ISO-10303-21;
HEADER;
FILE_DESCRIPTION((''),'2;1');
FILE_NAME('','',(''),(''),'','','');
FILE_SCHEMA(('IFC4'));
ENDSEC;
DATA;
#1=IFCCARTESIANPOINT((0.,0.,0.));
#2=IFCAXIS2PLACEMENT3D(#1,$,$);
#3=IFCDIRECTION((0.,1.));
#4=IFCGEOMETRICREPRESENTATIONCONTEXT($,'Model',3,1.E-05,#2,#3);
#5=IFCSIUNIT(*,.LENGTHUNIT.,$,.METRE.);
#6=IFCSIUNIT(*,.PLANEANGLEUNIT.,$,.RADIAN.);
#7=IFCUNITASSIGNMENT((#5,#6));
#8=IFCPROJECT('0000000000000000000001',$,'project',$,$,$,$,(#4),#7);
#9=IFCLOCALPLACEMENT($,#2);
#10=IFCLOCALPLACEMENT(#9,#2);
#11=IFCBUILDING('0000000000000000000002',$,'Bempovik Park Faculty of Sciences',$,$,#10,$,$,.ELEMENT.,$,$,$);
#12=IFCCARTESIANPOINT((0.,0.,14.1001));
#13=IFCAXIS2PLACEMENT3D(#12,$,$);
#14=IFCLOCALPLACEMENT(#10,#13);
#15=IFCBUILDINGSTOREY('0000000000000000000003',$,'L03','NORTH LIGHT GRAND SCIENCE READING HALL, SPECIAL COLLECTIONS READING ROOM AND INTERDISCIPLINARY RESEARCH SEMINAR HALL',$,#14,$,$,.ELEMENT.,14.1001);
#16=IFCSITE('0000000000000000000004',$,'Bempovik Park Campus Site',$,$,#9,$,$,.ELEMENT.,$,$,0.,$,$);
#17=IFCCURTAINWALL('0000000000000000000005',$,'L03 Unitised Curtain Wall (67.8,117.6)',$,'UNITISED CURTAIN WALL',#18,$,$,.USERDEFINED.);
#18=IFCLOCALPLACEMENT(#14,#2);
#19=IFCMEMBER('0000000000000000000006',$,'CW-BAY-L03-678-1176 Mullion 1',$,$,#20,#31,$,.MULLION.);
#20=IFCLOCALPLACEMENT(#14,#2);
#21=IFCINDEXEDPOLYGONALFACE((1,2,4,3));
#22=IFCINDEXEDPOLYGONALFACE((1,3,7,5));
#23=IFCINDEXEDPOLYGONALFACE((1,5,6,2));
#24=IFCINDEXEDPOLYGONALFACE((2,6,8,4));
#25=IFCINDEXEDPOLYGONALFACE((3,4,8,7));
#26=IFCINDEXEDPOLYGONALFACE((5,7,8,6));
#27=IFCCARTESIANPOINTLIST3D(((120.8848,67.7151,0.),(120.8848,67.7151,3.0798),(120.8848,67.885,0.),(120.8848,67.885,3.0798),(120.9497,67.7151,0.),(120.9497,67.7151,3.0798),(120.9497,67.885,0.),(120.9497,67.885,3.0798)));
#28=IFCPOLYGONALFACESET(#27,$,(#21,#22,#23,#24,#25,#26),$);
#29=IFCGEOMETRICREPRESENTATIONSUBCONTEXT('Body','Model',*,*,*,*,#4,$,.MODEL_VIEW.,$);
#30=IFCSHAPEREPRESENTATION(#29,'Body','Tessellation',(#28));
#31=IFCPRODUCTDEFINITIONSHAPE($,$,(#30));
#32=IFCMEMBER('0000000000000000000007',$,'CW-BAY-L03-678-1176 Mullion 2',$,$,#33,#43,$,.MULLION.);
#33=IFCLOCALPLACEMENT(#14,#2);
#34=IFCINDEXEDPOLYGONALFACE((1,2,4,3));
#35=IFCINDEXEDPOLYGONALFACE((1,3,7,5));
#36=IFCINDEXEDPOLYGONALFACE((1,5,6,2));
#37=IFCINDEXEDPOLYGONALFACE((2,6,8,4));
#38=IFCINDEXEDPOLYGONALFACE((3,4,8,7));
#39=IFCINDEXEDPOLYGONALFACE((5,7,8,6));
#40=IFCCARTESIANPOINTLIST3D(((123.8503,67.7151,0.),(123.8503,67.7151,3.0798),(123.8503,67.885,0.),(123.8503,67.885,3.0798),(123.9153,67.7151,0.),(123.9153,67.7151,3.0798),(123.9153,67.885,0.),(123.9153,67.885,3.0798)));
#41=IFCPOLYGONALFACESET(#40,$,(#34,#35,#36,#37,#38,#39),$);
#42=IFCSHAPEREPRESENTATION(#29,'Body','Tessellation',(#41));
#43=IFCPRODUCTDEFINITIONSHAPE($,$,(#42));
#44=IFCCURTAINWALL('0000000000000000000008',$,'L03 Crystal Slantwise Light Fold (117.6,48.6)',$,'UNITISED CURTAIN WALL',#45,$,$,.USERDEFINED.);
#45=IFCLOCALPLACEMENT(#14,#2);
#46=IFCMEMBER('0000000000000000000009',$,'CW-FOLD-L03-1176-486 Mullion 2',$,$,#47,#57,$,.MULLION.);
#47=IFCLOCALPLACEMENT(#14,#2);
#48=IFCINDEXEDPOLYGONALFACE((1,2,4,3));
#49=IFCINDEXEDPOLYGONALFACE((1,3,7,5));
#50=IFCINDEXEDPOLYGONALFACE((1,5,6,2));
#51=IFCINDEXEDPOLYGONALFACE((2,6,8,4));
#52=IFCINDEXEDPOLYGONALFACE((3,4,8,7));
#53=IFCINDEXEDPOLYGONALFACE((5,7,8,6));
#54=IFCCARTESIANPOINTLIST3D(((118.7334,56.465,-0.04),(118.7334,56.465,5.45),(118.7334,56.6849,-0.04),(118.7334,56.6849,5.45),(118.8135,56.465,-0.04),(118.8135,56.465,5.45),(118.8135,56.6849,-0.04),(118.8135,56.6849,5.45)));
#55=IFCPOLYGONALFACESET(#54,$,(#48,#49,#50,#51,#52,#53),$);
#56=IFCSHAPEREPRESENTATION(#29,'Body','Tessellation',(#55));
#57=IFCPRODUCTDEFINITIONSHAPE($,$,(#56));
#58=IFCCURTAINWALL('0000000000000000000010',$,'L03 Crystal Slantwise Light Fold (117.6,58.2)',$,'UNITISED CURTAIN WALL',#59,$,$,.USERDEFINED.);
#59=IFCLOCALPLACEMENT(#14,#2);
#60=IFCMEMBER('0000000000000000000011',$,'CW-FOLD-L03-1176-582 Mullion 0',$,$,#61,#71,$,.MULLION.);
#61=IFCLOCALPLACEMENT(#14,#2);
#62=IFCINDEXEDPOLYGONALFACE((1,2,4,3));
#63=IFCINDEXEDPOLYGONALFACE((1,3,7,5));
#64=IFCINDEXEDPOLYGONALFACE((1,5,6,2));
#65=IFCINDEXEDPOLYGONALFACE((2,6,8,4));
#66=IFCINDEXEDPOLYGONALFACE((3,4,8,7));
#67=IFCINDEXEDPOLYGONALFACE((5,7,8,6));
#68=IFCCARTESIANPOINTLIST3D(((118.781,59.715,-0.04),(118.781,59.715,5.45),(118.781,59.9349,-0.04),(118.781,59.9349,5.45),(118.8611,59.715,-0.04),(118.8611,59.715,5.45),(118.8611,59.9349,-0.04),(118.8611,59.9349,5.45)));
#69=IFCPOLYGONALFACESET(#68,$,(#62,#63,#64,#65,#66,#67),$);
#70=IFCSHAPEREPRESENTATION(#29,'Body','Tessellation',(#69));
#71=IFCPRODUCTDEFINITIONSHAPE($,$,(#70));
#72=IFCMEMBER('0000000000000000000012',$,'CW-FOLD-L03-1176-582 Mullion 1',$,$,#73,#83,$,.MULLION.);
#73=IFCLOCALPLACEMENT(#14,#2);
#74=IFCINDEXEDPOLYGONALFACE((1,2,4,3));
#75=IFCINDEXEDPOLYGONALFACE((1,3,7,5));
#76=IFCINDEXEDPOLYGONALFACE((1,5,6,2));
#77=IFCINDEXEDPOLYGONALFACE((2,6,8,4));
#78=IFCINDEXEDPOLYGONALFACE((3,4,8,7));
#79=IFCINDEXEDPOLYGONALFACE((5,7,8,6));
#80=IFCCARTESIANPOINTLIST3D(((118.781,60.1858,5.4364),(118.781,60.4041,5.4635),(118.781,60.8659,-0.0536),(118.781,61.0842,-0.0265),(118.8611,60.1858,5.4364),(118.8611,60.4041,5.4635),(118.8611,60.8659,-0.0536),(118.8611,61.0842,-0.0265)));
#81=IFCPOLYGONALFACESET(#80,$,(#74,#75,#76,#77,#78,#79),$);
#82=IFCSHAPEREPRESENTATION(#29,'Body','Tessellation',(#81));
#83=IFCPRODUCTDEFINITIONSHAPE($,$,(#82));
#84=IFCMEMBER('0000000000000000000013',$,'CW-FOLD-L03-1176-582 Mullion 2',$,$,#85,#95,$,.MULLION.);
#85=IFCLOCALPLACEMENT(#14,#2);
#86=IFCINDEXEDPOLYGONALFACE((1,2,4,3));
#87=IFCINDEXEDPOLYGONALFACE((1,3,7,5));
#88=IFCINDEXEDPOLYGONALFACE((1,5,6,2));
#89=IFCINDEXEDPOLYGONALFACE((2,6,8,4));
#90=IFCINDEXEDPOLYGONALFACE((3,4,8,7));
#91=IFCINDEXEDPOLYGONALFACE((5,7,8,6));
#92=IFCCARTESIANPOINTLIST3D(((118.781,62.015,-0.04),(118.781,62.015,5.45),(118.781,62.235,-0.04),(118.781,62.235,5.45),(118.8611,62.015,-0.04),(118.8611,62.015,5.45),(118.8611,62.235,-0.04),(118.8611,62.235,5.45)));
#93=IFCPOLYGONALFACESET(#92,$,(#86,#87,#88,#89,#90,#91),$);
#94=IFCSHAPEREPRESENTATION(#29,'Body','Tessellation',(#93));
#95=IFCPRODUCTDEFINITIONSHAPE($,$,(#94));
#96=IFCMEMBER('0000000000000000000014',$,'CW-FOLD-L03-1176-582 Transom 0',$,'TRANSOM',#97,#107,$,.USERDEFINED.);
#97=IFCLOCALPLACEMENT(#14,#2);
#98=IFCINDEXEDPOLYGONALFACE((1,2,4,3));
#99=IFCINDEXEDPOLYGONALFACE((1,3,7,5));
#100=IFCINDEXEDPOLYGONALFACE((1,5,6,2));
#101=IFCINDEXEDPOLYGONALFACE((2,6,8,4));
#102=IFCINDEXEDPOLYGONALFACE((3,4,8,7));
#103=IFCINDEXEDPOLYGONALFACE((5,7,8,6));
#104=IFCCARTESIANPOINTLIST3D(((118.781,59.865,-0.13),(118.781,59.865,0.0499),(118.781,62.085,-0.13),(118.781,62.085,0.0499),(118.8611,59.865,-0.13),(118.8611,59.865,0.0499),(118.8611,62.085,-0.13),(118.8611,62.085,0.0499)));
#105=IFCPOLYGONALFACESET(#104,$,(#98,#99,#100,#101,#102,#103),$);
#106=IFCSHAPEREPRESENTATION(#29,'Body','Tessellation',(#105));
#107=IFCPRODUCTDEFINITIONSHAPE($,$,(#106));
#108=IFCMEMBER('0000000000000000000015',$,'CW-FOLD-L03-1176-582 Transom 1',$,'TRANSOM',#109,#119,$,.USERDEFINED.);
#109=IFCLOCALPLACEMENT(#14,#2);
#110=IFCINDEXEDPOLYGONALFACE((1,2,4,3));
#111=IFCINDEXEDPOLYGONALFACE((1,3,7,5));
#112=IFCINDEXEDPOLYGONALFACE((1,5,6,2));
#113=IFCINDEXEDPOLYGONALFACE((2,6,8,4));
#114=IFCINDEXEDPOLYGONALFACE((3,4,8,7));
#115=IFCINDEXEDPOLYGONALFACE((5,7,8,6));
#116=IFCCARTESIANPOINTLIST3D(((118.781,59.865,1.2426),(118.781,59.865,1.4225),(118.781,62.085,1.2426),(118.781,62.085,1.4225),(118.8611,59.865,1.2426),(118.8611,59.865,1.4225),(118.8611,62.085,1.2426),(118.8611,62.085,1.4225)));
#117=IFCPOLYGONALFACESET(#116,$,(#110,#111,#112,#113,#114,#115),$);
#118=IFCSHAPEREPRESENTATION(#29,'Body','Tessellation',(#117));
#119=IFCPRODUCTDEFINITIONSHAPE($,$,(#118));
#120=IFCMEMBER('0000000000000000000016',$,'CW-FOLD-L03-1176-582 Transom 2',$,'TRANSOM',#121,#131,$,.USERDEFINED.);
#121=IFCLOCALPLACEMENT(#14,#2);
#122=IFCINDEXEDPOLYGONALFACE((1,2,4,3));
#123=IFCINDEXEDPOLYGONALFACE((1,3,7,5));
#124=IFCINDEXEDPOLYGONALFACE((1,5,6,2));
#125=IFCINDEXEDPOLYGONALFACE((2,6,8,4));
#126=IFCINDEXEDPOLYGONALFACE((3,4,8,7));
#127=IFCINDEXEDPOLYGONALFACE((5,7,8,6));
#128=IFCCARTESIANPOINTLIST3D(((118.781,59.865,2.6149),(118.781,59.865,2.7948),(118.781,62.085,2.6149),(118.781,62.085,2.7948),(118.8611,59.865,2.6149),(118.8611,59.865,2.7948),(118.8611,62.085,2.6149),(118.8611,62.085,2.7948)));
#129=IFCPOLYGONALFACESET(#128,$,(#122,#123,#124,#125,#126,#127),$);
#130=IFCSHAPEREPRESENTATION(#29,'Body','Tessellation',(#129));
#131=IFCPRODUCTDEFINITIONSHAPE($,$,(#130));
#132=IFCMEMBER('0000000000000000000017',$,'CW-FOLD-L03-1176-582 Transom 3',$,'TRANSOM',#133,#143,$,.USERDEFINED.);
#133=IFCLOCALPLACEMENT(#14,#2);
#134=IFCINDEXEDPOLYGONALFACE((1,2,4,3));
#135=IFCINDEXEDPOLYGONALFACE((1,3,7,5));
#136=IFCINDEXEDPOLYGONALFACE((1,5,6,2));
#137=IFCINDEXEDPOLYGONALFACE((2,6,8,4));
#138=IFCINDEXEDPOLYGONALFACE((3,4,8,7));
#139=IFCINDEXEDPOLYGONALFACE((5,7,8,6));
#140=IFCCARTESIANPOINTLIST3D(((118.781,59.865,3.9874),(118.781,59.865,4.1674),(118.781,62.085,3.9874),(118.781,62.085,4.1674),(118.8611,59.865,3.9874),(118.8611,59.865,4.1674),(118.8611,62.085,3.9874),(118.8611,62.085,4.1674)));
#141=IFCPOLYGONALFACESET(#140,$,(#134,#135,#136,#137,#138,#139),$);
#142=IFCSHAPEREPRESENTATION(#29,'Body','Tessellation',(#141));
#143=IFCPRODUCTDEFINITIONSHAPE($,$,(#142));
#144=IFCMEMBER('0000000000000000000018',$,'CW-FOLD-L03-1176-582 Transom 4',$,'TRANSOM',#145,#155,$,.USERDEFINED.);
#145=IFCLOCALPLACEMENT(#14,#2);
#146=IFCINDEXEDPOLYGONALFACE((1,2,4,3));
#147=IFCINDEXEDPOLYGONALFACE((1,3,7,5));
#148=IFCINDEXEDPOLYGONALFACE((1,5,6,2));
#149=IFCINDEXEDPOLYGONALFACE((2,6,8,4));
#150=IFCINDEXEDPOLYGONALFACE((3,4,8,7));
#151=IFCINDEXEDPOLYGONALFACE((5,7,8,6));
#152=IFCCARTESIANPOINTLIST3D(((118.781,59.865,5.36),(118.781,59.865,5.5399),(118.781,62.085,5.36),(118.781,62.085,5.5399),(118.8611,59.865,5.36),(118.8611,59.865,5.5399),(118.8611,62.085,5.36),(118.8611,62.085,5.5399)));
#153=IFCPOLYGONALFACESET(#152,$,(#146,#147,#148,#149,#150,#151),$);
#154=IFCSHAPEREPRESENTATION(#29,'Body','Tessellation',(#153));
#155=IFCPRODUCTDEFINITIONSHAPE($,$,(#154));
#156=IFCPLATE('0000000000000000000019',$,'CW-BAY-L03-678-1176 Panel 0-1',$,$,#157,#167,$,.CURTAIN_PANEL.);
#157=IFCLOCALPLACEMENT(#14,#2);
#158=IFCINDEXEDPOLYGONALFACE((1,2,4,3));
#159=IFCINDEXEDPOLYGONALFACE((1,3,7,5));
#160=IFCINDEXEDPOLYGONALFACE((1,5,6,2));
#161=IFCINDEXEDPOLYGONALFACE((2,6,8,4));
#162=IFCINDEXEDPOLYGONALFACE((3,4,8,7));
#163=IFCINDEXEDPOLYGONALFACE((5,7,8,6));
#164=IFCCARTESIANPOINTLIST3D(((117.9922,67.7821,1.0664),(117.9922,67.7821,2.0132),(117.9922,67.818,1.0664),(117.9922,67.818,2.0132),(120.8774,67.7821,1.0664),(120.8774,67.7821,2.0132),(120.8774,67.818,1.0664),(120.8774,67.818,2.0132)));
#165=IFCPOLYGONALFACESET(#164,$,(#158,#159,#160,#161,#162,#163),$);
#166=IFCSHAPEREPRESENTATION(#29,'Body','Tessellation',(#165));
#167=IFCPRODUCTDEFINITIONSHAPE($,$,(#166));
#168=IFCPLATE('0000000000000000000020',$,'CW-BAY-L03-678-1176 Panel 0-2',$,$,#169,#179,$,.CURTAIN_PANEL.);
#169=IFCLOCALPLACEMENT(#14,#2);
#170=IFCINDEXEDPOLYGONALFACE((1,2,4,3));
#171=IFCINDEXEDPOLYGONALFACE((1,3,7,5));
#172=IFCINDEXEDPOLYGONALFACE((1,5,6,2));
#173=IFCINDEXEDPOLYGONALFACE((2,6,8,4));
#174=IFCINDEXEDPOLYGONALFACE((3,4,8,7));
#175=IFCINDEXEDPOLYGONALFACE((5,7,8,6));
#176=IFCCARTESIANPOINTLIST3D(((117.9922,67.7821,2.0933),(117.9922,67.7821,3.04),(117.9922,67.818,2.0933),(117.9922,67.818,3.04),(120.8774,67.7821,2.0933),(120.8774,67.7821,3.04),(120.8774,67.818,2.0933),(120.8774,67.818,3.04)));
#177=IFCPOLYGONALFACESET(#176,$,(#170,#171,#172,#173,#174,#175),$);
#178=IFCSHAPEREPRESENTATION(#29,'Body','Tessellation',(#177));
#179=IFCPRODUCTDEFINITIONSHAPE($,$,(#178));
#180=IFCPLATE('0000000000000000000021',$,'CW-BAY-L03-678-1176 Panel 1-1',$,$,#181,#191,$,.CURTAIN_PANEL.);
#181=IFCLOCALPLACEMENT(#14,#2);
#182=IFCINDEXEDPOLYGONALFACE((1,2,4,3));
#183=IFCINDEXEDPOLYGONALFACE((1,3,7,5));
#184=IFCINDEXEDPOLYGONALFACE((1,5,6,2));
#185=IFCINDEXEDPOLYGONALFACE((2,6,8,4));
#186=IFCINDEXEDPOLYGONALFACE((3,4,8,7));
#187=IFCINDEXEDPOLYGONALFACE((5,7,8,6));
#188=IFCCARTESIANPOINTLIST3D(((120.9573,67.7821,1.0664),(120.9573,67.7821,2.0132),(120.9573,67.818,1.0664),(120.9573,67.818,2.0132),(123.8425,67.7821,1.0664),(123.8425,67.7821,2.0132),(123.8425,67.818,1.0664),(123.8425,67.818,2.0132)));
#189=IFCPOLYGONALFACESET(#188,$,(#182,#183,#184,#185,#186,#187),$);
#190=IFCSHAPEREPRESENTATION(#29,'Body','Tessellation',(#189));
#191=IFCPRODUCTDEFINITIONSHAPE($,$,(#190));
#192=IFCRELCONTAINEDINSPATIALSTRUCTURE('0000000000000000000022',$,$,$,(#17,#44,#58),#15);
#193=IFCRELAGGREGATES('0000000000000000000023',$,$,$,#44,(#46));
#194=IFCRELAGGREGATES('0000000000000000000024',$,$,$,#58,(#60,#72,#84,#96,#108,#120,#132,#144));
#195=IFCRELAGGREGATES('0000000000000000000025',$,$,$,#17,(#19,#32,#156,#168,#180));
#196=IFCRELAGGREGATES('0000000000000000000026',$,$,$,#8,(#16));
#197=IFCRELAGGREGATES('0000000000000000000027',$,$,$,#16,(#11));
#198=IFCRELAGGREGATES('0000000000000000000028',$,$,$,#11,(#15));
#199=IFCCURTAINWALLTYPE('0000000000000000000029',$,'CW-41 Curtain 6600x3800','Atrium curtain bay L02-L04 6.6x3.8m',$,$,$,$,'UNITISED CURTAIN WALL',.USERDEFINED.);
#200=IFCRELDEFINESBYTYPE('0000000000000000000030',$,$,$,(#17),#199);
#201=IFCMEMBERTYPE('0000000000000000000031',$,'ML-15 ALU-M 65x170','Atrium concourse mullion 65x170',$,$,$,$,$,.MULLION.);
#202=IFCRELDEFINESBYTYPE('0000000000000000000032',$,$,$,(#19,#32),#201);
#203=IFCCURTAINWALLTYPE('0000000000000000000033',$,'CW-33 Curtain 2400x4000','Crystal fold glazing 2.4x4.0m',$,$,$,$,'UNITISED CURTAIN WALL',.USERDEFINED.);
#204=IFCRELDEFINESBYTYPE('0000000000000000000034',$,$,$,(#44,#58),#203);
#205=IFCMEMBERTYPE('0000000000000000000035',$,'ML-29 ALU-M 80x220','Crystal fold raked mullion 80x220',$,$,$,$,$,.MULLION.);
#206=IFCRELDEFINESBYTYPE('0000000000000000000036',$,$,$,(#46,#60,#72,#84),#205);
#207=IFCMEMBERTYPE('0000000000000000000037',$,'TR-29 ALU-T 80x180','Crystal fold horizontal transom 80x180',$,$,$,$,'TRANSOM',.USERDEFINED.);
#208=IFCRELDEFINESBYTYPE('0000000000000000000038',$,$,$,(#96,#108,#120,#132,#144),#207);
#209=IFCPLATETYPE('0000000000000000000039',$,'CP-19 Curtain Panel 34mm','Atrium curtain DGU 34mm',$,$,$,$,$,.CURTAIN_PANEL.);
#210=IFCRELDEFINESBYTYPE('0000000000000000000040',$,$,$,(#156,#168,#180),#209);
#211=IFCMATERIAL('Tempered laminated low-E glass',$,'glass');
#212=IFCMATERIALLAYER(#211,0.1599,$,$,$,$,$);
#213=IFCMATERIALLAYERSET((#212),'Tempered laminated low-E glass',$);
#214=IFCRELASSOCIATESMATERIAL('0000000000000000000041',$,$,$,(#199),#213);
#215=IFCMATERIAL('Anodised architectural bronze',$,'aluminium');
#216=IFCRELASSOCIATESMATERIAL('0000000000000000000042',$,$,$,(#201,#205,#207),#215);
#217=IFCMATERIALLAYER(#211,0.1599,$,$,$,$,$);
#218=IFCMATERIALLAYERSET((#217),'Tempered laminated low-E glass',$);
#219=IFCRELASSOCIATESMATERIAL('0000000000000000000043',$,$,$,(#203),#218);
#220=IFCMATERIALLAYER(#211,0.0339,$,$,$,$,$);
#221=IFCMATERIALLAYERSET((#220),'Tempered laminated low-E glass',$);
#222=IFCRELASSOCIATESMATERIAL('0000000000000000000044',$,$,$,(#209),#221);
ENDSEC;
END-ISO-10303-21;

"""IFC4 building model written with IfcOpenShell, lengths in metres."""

from ifc_helpers import new_model, si_unit, direction, frame, origin, origin_2d, place, context, subcontext, project, spatial, rectangle, extrude, material, layer, layer_set, material_profile, profile_set, type_object, element, aggregate, save


model = new_model("IFC4")

# Units and contexts
model_context = context("Model", 3, precision=1e-05, world=origin(), true_north=direction((0.0, 1.0)))
body_context = subcontext(model_context, "Body", "Model", "MODEL_VIEW")
ifc_project = project(units=[si_unit("LENGTHUNIT", "METRE"), si_unit("PLANEANGLEUNIT", "RADIAN")], contexts=[model_context])

# Site, building, storey
site_placement = place(None, origin())
site = spatial("IfcSite", under=ifc_project, at=site_placement, Name="Bempovik Park Campus Site", CompositionType="ELEMENT", RefElevation=0.0)
building_placement = place(site_placement, origin())
building = spatial("IfcBuilding", under=site, at=building_placement, Name="Bempovik Park Faculty of Sciences", CompositionType="ELEMENT")
storey_placement = place(building_placement, frame((0.0, 0.0, 14.1001)))
storey = spatial("IfcBuildingStorey", under=building, at=storey_placement, Name="L03", Description="NORTH LIGHT GRAND SCIENCE READING HALL, SPECIAL COLLECTIONS READING ROOM AND INTERDISCIPLINARY RESEARCH SEMINAR HALL", CompositionType="ELEMENT", Elevation=14.1001)

# Curtain wall, members
ifc_material_1 = material(Name="Tempered laminated low-E glass", Category="glass")
ifc_layer_1 = layer(ifc_material_1, 0.1599)
ifc_layer_set_1 = layer_set([ifc_layer_1], Name="Tempered laminated low-E glass")
curtain_wall_type_1 = type_object("IfcCurtainWallType", Name="CW-41 Curtain 6600x3800", Description="Atrium curtain bay L02-L04 6.6x3.8m", ElementType="UNITISED CURTAIN WALL", PredefinedType="USERDEFINED", material=ifc_layer_set_1)
curtain_wall_1_placement = place(storey_placement, origin())
curtain_wall_1 = element("IfcCurtainWall", 1, at=curtain_wall_1_placement, inside=storey, type_object=curtain_wall_type_1, Name="L03 Unitised Curtain Wall (67.8,117.6)", ObjectType="UNITISED CURTAIN WALL", PredefinedType="USERDEFINED")
ifc_material_2 = material(Name="Anodised architectural bronze", Category="aluminium")
ifc_material_profile_1 = material_profile(ifc_material_2, rectangle(XDim=0.0649, YDim=0.1699, at=origin_2d()), Name="ALU-M 65x170")
ifc_profile_set_1 = profile_set([ifc_material_profile_1], Name="Anodised architectural bronze")
member_type_1 = type_object("IfcMemberType", Name="ML-15 ALU-M 65x170", Description="Atrium concourse mullion 65x170", PredefinedType="MULLION", material=ifc_profile_set_1)
member_1_placement = place(storey_placement, frame((120.9172, 67.8, 0.0), z_axis=(0.0, 0.0, 1.0), x_axis=(1.0, 0.0, 0.0)))
member_1 = element("IfcMember", 2, at=member_1_placement, type_object=member_type_1, Name="CW-BAY-L03-678-1176 Mullion 1", PredefinedType="MULLION", context=body_context, shape_type="SweptSolid", body=[
    extrude(rectangle(XDim=0.0649, YDim=0.1699, at=origin_2d()), origin(), (0.0, 0.0, 1.0), 3.0798),
])
member_2_placement = place(storey_placement, frame((123.8828, 67.8, 0.0), z_axis=(0.0, 0.0, 1.0), x_axis=(1.0, 0.0, 0.0)))
member_2 = element("IfcMember", 3, at=member_2_placement, type_object=member_type_1, Name="CW-BAY-L03-678-1176 Mullion 2", PredefinedType="MULLION", context=body_context, shape_type="SweptSolid", body=[
    extrude(rectangle(XDim=0.0649, YDim=0.1699, at=origin_2d()), origin(), (0.0, 0.0, 1.0), 3.0798),
])

# Curtain wall, member
ifc_layer_2 = layer(ifc_material_1, 0.1599)
ifc_layer_set_2 = layer_set([ifc_layer_2], Name="Tempered laminated low-E glass")
curtain_wall_type_2 = type_object("IfcCurtainWallType", Name="CW-33 Curtain 2400x4000", Description="Crystal fold glazing 2.4x4.0m", ElementType="UNITISED CURTAIN WALL", PredefinedType="USERDEFINED", material=ifc_layer_set_2)
curtain_wall_2_placement = place(storey_placement, origin())
curtain_wall_2 = element("IfcCurtainWall", 4, at=curtain_wall_2_placement, inside=storey, type_object=curtain_wall_type_2, Name="L03 Crystal Slantwise Light Fold (117.6,48.6)", ObjectType="UNITISED CURTAIN WALL", PredefinedType="USERDEFINED")
ifc_material_profile_2 = material_profile(ifc_material_2, rectangle(XDim=0.0801, YDim=0.22, at=origin_2d()), Name="ALU-M 80x220")
ifc_profile_set_2 = profile_set([ifc_material_profile_2], Name="Anodised architectural bronze")
member_type_2 = type_object("IfcMemberType", Name="ML-29 ALU-M 80x220", Description="Crystal fold raked mullion 80x220", PredefinedType="MULLION", material=ifc_profile_set_2)
member_3_placement = place(storey_placement, frame((118.7734, 56.575, -0.04), z_axis=(0.0, 0.0, 1.0), x_axis=(1.0, 0.0, 0.0)))
member_3 = element("IfcMember", 5, at=member_3_placement, type_object=member_type_2, Name="CW-FOLD-L03-1176-486 Mullion 2", PredefinedType="MULLION", context=body_context, shape_type="SweptSolid", body=[
    extrude(rectangle(XDim=0.0801, YDim=0.22, at=origin_2d()), origin(), (0.0, 0.0, 1.0), 5.49),
])
aggregate(curtain_wall_2, [member_3])

# Curtain wall, members
curtain_wall_3_placement = place(storey_placement, origin())
curtain_wall_3 = element("IfcCurtainWall", 6, at=curtain_wall_3_placement, inside=storey, type_object=curtain_wall_type_2, Name="L03 Crystal Slantwise Light Fold (117.6,58.2)", ObjectType="UNITISED CURTAIN WALL", PredefinedType="USERDEFINED")
member_4_placement = place(storey_placement, frame((118.821, 59.825, -0.04), z_axis=(0.0, 0.0, 1.0), x_axis=(1.0, 0.0, 0.0)))
member_4 = element("IfcMember", 7, at=member_4_placement, type_object=member_type_2, Name="CW-FOLD-L03-1176-582 Mullion 0", PredefinedType="MULLION", context=body_context, shape_type="SweptSolid", body=[
    extrude(rectangle(XDim=0.0801, YDim=0.22, at=origin_2d()), origin(), (0.0, 0.0, 1.0), 5.49),
])
member_5_placement = place(storey_placement, frame((118.821, 60.9751, -0.04), z_axis=(0.0, -0.122954, 0.992412), x_axis=(1.0, 0.0, 0.0)))
member_5 = element("IfcMember", 8, at=member_5_placement, type_object=member_type_2, Name="CW-FOLD-L03-1176-582 Mullion 1", PredefinedType="MULLION", context=body_context, shape_type="SweptSolid", body=[
    extrude(rectangle(XDim=0.0801, YDim=0.22, at=origin_2d()), origin(), (0.0, 0.0, 1.0), 5.532),
])
member_6_placement = place(storey_placement, frame((118.821, 62.125, -0.04), z_axis=(0.0, 0.0, 1.0), x_axis=(1.0, 0.0, 0.0)))
member_6 = element("IfcMember", 9, at=member_6_placement, type_object=member_type_2, Name="CW-FOLD-L03-1176-582 Mullion 2", PredefinedType="MULLION", context=body_context, shape_type="SweptSolid", body=[
    extrude(rectangle(XDim=0.0801, YDim=0.22, at=origin_2d()), origin(), (0.0, 0.0, 1.0), 5.49),
])
ifc_material_profile_3 = material_profile(ifc_material_2, rectangle(XDim=0.0801, YDim=0.1799, at=origin_2d()), Name="ALU-T 80x180")
ifc_profile_set_3 = profile_set([ifc_material_profile_3], Name="Anodised architectural bronze")
member_type_3 = type_object("IfcMemberType", Name="TR-29 ALU-T 80x180", Description="Crystal fold horizontal transom 80x180", ElementType="TRANSOM", PredefinedType="USERDEFINED", material=ifc_profile_set_3)
member_7_placement = place(storey_placement, frame((118.821, 59.865, -0.04), z_axis=(0.0, 1.0, 0.0), x_axis=(-1.0, 0.0, 0.0)))
member_7 = element("IfcMember", 10, at=member_7_placement, type_object=member_type_3, Name="CW-FOLD-L03-1176-582 Transom 0", ObjectType="TRANSOM", PredefinedType="USERDEFINED", context=body_context, shape_type="SweptSolid", body=[
    extrude(rectangle(XDim=0.0801, YDim=0.1799, at=origin_2d()), origin(), (0.0, 0.0, 1.0), 2.22),
])
member_8_placement = place(storey_placement, frame((118.821, 59.865, 1.3325), z_axis=(0.0, 1.0, 0.0), x_axis=(-1.0, 0.0, 0.0)))
member_8 = element("IfcMember", 11, at=member_8_placement, type_object=member_type_3, Name="CW-FOLD-L03-1176-582 Transom 1", ObjectType="TRANSOM", PredefinedType="USERDEFINED", context=body_context, shape_type="SweptSolid", body=[
    extrude(rectangle(XDim=0.0801, YDim=0.1799, at=origin_2d()), origin(), (0.0, 0.0, 1.0), 2.22),
])
member_9_placement = place(storey_placement, frame((118.821, 59.865, 2.7048), z_axis=(0.0, 1.0, 0.0), x_axis=(-1.0, 0.0, 0.0)))
member_9 = element("IfcMember", 12, at=member_9_placement, type_object=member_type_3, Name="CW-FOLD-L03-1176-582 Transom 2", ObjectType="TRANSOM", PredefinedType="USERDEFINED", context=body_context, shape_type="SweptSolid", body=[
    extrude(rectangle(XDim=0.0801, YDim=0.1799, at=origin_2d()), origin(), (0.0, 0.0, 1.0), 2.22),
])
member_10_placement = place(storey_placement, frame((118.821, 59.865, 4.0774), z_axis=(0.0, 1.0, 0.0), x_axis=(-1.0, 0.0, 0.0)))
member_10 = element("IfcMember", 13, at=member_10_placement, type_object=member_type_3, Name="CW-FOLD-L03-1176-582 Transom 3", ObjectType="TRANSOM", PredefinedType="USERDEFINED", context=body_context, shape_type="SweptSolid", body=[
    extrude(rectangle(XDim=0.0801, YDim=0.1799, at=origin_2d()), origin(), (0.0, 0.0, 1.0), 2.22),
])
member_11_placement = place(storey_placement, frame((118.821, 59.865, 5.45), z_axis=(0.0, 1.0, 0.0), x_axis=(-1.0, 0.0, 0.0)))
member_11 = element("IfcMember", 14, at=member_11_placement, type_object=member_type_3, Name="CW-FOLD-L03-1176-582 Transom 4", ObjectType="TRANSOM", PredefinedType="USERDEFINED", context=body_context, shape_type="SweptSolid", body=[
    extrude(rectangle(XDim=0.0801, YDim=0.1799, at=origin_2d()), origin(), (0.0, 0.0, 1.0), 2.22),
])

# Plates
ifc_layer_3 = layer(ifc_material_1, 0.0339)
ifc_layer_set_3 = layer_set([ifc_layer_3], Name="Tempered laminated low-E glass")
plate_type_1 = type_object("IfcPlateType", Name="CP-19 Curtain Panel 34mm", Description="Atrium curtain DGU 34mm", PredefinedType="CURTAIN_PANEL", material=ifc_layer_set_3)
plate_1_placement = place(storey_placement, frame((119.4348, 67.8, 1.0664), z_axis=(0.0, 0.0, 1.0), x_axis=(1.0, 0.0, 0.0)))
plate_1 = element("IfcPlate", 15, at=plate_1_placement, type_object=plate_type_1, Name="CW-BAY-L03-678-1176 Panel 0-1", PredefinedType="CURTAIN_PANEL", context=body_context, shape_type="SweptSolid", body=[
    extrude(rectangle(XDim=2.8853, YDim=0.0359, at=origin_2d()), origin(), (0.0, 0.0, 1.0), 0.9468),
])
plate_2_placement = place(storey_placement, frame((119.4348, 67.8, 2.0933), z_axis=(0.0, 0.0, 1.0), x_axis=(1.0, 0.0, 0.0)))
plate_2 = element("IfcPlate", 16, at=plate_2_placement, type_object=plate_type_1, Name="CW-BAY-L03-678-1176 Panel 0-2", PredefinedType="CURTAIN_PANEL", context=body_context, shape_type="SweptSolid", body=[
    extrude(rectangle(XDim=2.8853, YDim=0.0359, at=origin_2d()), origin(), (0.0, 0.0, 1.0), 0.9468),
])
plate_3_placement = place(storey_placement, frame((122.3999, 67.8, 1.0664), z_axis=(0.0, 0.0, 1.0), x_axis=(1.0, 0.0, 0.0)))
plate_3 = element("IfcPlate", 17, at=plate_3_placement, type_object=plate_type_1, Name="CW-BAY-L03-678-1176 Panel 1-1", PredefinedType="CURTAIN_PANEL", context=body_context, shape_type="SweptSolid", body=[
    extrude(rectangle(XDim=2.8853, YDim=0.0359, at=origin_2d()), origin(), (0.0, 0.0, 1.0), 0.9468),
])
aggregate(curtain_wall_3, [member_4, member_5, member_6, member_7, member_8, member_9, member_10, member_11])
aggregate(curtain_wall_1, [member_1, member_2, plate_1, plate_2, plate_3])

save(model, "model.ifc")
